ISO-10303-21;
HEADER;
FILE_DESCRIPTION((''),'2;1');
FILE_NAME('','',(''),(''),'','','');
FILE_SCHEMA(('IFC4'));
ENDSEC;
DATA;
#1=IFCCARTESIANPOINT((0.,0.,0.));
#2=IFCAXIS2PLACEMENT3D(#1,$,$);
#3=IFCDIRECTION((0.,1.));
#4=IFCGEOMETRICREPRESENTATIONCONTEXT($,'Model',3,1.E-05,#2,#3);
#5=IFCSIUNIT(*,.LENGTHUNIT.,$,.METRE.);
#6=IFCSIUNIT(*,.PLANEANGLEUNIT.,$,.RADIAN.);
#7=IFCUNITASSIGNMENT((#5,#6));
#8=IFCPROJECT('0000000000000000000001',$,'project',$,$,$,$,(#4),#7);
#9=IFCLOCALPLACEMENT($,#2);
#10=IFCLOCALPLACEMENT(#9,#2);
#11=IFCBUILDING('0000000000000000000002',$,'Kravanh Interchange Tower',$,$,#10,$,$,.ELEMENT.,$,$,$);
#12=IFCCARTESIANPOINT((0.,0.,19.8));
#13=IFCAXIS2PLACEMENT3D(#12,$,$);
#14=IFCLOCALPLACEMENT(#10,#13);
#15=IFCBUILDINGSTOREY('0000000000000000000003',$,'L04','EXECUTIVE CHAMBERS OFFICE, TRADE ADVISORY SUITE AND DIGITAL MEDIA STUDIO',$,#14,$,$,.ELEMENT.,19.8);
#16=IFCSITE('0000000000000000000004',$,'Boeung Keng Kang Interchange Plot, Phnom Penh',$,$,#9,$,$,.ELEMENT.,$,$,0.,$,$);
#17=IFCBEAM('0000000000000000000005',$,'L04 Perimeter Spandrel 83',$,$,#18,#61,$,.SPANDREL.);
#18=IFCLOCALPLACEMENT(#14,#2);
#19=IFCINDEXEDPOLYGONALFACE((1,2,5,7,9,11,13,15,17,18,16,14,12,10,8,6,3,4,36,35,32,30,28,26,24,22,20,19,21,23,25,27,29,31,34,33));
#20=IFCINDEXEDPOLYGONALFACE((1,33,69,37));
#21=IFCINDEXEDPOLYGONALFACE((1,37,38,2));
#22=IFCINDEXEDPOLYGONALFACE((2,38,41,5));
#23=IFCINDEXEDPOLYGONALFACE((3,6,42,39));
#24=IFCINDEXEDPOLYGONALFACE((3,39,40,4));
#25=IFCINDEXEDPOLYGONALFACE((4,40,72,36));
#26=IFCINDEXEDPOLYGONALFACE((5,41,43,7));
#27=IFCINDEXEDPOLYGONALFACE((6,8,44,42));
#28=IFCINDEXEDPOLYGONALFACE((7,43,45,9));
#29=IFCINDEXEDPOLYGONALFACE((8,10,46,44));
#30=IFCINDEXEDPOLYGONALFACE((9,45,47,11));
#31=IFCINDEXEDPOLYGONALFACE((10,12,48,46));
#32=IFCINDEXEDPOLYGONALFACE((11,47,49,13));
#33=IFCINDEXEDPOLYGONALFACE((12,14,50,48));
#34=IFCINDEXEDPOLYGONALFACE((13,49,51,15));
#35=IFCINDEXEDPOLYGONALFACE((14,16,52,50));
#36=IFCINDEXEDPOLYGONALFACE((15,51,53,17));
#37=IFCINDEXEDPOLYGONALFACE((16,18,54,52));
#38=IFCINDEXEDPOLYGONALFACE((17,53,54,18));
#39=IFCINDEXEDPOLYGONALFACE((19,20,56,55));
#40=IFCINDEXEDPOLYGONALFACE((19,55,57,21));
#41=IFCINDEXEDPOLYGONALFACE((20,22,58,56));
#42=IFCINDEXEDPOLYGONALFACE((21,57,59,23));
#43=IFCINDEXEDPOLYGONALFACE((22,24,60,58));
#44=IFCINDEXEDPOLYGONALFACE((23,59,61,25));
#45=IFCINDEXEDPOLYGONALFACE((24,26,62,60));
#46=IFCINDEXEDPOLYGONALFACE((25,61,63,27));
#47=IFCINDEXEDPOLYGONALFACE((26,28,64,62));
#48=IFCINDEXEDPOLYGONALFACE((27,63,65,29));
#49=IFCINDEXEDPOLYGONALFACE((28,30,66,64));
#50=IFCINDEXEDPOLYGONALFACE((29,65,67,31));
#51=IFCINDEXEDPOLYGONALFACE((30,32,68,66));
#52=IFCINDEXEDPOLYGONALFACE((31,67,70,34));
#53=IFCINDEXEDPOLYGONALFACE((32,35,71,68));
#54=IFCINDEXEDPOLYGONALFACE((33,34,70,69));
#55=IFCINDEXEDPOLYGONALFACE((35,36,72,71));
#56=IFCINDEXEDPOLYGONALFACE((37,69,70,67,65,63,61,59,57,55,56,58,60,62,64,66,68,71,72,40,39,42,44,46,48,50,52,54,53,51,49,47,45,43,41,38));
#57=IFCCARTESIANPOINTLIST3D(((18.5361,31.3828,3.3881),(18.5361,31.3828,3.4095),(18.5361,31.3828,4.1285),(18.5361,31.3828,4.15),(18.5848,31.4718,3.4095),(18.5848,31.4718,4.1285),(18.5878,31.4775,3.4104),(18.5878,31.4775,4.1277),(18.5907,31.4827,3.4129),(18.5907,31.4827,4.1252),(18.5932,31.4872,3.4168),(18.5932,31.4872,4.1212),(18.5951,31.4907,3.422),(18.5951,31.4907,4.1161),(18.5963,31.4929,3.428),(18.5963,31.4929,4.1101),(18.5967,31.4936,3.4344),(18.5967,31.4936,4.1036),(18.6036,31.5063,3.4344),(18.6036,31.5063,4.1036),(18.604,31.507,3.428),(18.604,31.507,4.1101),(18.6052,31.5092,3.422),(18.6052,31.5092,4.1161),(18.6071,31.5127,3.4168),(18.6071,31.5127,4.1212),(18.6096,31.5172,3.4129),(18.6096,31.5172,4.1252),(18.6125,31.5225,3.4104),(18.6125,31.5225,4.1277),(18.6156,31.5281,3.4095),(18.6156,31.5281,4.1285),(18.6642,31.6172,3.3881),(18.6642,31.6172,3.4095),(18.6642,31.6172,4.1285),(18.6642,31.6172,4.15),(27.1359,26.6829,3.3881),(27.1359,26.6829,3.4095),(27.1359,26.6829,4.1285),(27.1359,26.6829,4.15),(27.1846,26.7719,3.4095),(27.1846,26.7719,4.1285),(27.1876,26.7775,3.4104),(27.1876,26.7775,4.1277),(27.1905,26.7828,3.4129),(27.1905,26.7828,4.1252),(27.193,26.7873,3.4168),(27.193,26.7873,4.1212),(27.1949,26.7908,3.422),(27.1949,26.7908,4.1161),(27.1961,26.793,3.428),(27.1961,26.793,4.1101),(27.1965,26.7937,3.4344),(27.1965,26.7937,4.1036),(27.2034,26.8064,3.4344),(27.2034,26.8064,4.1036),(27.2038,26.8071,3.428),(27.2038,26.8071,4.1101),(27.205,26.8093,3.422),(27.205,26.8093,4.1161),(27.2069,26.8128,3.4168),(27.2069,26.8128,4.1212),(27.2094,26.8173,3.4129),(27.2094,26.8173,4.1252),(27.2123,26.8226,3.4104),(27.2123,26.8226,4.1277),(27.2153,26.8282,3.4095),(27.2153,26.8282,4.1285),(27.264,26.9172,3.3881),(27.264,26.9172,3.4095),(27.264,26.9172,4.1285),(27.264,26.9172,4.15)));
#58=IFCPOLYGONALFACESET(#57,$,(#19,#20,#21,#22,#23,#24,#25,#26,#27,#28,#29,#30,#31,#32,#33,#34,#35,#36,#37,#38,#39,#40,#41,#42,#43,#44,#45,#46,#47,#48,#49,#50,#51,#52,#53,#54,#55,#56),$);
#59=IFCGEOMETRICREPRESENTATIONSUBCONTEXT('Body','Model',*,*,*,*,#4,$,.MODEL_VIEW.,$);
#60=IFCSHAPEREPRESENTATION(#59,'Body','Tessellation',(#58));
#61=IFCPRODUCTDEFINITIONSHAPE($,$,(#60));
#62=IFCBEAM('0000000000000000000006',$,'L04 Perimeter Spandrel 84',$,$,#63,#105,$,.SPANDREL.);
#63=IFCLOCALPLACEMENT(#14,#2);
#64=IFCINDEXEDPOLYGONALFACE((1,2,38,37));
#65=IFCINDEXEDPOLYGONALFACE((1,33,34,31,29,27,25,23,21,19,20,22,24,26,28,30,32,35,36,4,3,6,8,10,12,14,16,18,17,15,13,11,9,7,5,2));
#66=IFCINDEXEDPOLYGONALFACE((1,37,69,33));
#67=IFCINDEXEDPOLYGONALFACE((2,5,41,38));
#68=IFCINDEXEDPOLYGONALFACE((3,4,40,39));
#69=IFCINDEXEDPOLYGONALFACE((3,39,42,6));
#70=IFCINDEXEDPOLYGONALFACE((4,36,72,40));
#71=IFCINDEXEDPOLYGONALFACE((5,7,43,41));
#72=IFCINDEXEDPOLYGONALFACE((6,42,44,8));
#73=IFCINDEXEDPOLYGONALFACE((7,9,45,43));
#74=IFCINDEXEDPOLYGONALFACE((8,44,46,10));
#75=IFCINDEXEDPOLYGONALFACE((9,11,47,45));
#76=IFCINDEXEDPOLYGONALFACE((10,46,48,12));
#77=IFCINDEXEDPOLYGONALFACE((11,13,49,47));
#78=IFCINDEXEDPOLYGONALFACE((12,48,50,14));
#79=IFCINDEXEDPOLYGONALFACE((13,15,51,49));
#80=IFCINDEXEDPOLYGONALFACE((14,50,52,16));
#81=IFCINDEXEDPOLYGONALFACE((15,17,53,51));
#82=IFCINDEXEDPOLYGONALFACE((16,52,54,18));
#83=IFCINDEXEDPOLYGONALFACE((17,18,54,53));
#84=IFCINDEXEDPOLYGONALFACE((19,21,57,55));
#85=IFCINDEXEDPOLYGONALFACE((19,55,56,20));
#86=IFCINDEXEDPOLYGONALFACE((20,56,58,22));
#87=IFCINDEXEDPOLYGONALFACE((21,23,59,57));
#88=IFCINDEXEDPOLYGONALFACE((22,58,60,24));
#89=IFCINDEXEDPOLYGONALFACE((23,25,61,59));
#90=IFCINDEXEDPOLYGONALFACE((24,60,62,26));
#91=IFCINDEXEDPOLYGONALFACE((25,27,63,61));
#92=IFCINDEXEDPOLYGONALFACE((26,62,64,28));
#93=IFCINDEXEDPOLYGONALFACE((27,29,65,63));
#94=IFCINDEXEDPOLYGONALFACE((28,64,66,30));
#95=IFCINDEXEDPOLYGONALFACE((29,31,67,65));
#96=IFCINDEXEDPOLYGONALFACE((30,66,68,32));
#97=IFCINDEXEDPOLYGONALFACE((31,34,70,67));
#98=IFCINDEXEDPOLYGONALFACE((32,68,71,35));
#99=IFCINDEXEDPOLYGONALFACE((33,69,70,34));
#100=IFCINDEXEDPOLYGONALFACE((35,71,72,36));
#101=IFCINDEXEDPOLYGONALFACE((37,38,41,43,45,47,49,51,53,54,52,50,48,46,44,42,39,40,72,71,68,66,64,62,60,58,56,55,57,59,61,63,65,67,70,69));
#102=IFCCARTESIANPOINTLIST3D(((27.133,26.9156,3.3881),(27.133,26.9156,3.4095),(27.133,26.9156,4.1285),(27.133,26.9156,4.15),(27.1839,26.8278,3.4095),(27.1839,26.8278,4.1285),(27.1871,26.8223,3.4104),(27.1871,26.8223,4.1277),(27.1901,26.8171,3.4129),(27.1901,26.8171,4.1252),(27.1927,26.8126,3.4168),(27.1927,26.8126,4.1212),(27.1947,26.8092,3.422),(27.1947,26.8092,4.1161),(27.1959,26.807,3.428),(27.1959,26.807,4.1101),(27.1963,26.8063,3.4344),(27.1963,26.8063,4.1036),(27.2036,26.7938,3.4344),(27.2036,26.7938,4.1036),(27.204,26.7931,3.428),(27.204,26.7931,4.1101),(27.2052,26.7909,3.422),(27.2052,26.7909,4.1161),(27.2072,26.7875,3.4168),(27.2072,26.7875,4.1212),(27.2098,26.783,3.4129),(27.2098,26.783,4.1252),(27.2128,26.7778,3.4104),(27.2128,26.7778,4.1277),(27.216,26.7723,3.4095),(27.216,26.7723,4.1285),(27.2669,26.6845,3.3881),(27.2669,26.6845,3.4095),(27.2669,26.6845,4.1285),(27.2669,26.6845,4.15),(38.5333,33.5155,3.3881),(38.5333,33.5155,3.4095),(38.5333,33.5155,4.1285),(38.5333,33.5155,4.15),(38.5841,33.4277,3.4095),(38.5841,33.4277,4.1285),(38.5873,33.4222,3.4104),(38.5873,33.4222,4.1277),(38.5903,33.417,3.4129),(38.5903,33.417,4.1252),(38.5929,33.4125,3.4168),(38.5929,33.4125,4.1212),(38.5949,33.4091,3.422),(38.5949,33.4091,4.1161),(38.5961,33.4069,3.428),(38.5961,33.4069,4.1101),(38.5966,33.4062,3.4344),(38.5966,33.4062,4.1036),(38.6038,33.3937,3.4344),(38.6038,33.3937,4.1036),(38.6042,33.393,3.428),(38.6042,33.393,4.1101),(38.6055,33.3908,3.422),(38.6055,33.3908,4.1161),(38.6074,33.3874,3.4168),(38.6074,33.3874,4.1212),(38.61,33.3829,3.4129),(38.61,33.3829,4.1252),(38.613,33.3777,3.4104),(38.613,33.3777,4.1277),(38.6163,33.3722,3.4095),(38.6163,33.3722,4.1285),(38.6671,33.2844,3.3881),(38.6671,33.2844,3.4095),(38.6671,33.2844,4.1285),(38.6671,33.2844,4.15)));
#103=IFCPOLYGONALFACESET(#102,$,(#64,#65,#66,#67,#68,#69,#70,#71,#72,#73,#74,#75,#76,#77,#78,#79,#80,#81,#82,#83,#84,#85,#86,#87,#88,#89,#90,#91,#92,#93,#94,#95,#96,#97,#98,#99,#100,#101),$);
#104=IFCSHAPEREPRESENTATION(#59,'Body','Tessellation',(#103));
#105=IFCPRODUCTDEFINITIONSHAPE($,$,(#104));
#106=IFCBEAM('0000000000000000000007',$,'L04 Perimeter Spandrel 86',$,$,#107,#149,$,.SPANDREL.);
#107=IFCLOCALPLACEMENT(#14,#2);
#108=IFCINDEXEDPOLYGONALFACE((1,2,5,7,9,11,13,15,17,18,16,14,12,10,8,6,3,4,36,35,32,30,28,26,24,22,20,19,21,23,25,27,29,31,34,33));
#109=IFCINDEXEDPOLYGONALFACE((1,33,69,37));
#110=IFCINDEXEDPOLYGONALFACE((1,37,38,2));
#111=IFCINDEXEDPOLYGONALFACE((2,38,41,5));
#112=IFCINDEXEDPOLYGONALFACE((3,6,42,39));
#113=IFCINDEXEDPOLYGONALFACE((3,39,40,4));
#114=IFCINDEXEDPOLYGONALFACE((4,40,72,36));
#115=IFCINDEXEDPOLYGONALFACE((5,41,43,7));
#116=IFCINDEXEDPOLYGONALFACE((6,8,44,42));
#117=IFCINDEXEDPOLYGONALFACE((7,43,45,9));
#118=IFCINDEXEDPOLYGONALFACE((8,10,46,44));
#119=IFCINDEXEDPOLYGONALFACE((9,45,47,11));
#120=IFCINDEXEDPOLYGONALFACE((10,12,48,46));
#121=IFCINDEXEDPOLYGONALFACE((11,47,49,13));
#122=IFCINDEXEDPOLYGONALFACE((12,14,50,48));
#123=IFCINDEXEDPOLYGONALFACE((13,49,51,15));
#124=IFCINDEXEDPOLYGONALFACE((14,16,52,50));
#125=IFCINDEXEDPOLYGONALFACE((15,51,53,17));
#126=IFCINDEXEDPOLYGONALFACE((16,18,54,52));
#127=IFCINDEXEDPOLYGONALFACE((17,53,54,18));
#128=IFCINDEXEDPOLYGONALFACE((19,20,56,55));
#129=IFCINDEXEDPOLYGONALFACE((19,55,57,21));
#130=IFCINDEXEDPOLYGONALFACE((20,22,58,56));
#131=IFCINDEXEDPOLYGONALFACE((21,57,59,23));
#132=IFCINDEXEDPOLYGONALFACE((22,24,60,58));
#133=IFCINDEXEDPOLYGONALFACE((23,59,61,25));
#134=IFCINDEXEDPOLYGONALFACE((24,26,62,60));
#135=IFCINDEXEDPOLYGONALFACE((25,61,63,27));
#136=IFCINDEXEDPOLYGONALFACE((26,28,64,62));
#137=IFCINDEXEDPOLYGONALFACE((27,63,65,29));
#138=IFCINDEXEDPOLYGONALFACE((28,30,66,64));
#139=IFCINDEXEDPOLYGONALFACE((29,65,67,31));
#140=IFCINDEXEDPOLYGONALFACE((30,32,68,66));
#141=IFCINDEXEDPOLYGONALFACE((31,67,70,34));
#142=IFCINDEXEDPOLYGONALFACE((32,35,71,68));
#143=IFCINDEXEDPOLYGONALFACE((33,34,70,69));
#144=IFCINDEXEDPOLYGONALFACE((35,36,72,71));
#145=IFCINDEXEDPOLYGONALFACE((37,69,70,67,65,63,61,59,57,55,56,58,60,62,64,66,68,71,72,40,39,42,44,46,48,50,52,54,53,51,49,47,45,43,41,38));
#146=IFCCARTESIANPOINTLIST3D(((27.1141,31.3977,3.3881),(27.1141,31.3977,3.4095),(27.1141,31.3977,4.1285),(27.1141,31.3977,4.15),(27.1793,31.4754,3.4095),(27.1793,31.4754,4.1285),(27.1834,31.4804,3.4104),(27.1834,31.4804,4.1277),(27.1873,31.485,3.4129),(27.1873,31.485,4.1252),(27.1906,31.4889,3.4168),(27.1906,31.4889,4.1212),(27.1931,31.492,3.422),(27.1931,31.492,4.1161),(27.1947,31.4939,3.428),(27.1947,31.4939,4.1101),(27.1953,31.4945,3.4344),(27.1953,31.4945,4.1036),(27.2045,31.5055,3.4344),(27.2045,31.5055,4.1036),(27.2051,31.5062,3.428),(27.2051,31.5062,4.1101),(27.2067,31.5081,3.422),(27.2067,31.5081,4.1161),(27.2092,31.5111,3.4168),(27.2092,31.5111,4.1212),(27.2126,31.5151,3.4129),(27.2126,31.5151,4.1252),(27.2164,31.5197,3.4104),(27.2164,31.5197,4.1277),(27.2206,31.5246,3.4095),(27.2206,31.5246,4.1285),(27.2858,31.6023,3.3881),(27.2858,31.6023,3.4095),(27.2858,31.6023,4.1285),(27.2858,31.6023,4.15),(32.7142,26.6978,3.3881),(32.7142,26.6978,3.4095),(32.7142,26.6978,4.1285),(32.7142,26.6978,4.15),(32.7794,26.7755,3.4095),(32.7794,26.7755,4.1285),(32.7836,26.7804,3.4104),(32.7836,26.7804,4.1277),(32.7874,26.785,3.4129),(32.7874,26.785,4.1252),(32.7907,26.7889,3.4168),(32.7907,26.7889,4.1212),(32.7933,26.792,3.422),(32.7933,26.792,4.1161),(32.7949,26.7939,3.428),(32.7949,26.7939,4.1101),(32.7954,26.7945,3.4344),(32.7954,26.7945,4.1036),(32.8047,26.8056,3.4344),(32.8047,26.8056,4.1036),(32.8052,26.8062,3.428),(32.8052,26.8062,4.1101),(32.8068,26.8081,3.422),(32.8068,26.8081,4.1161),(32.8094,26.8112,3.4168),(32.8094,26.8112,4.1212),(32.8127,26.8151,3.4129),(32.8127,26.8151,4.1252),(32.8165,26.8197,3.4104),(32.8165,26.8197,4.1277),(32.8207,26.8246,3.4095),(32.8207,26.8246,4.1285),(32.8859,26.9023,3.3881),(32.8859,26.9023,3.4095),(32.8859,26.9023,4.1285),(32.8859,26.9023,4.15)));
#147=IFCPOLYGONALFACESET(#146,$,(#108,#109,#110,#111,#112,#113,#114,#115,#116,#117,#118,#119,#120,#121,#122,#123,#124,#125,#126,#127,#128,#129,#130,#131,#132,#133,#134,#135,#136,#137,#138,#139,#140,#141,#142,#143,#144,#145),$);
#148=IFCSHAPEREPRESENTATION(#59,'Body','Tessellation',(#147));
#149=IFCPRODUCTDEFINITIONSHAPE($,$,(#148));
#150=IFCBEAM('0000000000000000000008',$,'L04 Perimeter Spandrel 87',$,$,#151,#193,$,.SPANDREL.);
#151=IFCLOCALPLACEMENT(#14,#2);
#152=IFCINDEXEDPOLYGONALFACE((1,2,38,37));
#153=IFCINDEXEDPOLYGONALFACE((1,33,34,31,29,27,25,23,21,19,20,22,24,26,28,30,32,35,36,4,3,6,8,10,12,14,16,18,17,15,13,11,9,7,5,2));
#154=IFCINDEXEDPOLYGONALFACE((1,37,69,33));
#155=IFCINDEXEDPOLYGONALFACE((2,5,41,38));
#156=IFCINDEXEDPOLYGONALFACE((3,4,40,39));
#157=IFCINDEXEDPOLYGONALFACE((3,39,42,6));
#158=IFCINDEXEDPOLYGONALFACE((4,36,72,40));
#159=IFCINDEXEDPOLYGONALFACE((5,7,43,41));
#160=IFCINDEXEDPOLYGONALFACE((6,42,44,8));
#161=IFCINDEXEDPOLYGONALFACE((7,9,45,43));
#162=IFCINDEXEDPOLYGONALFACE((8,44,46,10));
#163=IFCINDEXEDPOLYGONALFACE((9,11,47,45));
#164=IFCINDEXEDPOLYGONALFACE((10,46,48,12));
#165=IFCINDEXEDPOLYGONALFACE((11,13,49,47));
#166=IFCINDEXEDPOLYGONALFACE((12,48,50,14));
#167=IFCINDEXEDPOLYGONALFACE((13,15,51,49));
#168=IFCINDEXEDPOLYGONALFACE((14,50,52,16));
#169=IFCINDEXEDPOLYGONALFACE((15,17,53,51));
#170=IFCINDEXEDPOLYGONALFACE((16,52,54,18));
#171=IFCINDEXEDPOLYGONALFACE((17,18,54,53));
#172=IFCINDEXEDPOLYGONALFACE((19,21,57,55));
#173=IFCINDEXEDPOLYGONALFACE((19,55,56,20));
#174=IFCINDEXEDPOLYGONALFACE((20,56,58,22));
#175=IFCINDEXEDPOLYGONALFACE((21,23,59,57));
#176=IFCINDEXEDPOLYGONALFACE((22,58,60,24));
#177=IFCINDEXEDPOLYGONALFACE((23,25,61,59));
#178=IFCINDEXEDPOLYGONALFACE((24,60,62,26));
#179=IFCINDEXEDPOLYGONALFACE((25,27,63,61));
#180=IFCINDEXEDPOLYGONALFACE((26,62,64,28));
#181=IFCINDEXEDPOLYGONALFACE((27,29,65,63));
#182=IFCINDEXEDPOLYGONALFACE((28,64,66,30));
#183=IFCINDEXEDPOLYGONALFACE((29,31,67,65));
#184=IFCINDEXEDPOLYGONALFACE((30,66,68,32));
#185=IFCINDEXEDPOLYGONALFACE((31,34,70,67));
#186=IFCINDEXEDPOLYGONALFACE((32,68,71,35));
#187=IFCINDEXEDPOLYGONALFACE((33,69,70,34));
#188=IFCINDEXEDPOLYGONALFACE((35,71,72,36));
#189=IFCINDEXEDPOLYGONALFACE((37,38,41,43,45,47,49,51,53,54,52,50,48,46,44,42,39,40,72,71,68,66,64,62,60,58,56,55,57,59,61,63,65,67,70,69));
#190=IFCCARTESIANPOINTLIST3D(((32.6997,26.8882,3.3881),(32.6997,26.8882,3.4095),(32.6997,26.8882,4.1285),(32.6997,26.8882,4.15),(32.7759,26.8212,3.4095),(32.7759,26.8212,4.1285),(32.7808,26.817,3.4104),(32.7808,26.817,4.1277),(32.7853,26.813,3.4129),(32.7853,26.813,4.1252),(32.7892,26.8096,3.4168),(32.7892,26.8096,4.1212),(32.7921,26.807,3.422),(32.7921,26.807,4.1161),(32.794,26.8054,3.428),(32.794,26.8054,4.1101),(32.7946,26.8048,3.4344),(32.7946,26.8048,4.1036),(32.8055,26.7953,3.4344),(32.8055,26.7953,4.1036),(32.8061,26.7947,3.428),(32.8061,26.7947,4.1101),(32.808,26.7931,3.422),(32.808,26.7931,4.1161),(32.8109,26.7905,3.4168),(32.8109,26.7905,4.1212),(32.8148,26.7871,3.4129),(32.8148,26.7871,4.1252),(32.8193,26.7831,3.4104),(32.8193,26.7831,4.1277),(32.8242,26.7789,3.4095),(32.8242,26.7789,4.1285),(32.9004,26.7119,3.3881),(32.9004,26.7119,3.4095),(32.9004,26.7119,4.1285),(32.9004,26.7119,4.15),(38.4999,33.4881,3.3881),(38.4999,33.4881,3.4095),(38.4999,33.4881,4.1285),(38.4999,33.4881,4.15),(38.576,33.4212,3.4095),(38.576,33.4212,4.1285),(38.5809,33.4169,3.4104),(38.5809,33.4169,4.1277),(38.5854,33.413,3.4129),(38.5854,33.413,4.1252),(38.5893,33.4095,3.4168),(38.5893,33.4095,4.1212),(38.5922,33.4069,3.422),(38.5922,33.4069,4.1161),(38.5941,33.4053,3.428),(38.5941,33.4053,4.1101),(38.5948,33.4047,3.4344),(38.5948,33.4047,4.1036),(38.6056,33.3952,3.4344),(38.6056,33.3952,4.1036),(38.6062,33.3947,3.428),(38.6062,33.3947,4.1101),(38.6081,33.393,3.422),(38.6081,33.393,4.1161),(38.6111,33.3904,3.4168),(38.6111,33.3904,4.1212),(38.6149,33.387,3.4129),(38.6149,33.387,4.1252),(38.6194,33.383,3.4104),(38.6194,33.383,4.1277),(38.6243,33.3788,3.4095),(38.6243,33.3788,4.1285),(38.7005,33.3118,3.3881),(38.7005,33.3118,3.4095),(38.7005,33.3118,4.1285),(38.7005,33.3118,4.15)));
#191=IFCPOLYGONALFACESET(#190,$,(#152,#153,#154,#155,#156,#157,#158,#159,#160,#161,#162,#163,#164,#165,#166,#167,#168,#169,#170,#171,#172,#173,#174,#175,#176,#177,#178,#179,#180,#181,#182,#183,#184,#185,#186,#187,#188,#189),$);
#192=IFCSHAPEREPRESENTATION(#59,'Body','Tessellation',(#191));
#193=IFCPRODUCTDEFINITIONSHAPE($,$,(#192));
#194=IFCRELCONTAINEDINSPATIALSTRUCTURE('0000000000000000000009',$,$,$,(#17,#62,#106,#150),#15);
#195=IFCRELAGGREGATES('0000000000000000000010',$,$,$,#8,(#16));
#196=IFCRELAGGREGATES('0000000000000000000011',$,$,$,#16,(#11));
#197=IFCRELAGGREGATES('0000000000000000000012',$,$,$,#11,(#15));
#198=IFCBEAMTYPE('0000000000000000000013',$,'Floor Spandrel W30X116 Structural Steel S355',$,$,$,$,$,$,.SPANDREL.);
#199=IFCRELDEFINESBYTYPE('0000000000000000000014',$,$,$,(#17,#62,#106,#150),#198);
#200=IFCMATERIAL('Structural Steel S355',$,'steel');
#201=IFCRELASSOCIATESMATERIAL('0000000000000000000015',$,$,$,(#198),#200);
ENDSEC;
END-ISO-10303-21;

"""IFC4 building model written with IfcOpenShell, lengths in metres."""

from ifc_helpers import new_model, si_unit, direction, frame, origin, origin_2d, place, context, subcontext, project, spatial, i_section, extrude, material, material_profile, profile_set, type_object, element, save


model = new_model("IFC4")

# Units and contexts
model_context = context("Model", 3, precision=1e-05, world=origin(), true_north=direction((0.0, 1.0)))
body_context = subcontext(model_context, "Body", "Model", "MODEL_VIEW")
ifc_project = project(units=[si_unit("LENGTHUNIT", "METRE"), si_unit("PLANEANGLEUNIT", "RADIAN")], contexts=[model_context])

# Site, building, storey
site_placement = place(None, origin())
site = spatial("IfcSite", under=ifc_project, at=site_placement, Name="Boeung Keng Kang Interchange Plot, Phnom Penh", CompositionType="ELEMENT", RefElevation=0.0)
building_placement = place(site_placement, origin())
building = spatial("IfcBuilding", under=site, at=building_placement, Name="Kravanh Interchange Tower", CompositionType="ELEMENT")
storey_placement = place(building_placement, frame((0.0, 0.0, 19.8)))
storey = spatial("IfcBuildingStorey", under=building, at=storey_placement, Name="L04", Description="EXECUTIVE CHAMBERS OFFICE, TRADE ADVISORY SUITE AND DIGITAL MEDIA STUDIO", CompositionType="ELEMENT", Elevation=19.8)

# Beams
ifc_material_1 = material(Name="Structural Steel S355", Category="steel")
ifc_material_profile_1 = material_profile(ifc_material_1, i_section(OverallWidth=0.2671, OverallDepth=0.762, WebThickness=0.0144, FlangeThickness=0.0215, FilletRadius=0.0249, at=origin_2d()), Name="W30X116")
ifc_profile_set_1 = profile_set([ifc_material_profile_1], Name="Structural Steel S355")
beam_type_1 = type_object("IfcBeamType", Name="Floor Spandrel W30X116 Structural Steel S355", PredefinedType="SPANDREL", material=ifc_profile_set_1)
beam_1_placement = place(storey_placement, frame((27.2, 26.8, 3.769), z_axis=(-0.877504, 0.479569, 0.0), x_axis=(-0.479569, -0.877504, 0.0)))
element("IfcBeam", 1, at=beam_1_placement, inside=storey, type_object=beam_type_1, Name="L04 Perimeter Spandrel 83", PredefinedType="SPANDREL", context=body_context, shape_type="SweptSolid", body=[
    extrude(i_section(OverallWidth=0.2671, OverallDepth=0.762, WebThickness=0.0144, FlangeThickness=0.0215, FilletRadius=0.0249, at=origin_2d()), origin(), (0.0, 0.0, 1.0), 9.8003),
])
beam_2_placement = place(storey_placement, frame((27.2, 26.8, 3.769), z_axis=(0.865434, 0.501023, 0.0), x_axis=(-0.501023, 0.865434, 0.0)))
element("IfcBeam", 2, at=beam_2_placement, inside=storey, type_object=beam_type_1, Name="L04 Perimeter Spandrel 84", PredefinedType="SPANDREL", context=body_context, shape_type="SweptSolid", body=[
    extrude(i_section(OverallWidth=0.2671, OverallDepth=0.762, WebThickness=0.0144, FlangeThickness=0.0215, FilletRadius=0.0249, at=origin_2d()), origin(), (0.0, 0.0, 1.0), 13.1729),
])
beam_3_placement = place(storey_placement, frame((32.8, 26.8, 3.769), z_axis=(-0.765983, 0.642861, 0.0), x_axis=(-0.642861, -0.765983, 0.0)))
element("IfcBeam", 3, at=beam_3_placement, inside=storey, type_object=beam_type_1, Name="L04 Perimeter Spandrel 86", PredefinedType="SPANDREL", context=body_context, shape_type="SweptSolid", body=[
    extrude(i_section(OverallWidth=0.2671, OverallDepth=0.762, WebThickness=0.0144, FlangeThickness=0.0215, FilletRadius=0.0249, at=origin_2d()), origin(), (0.0, 0.0, 1.0), 7.311),
])
beam_4_placement = place(storey_placement, frame((32.8, 26.8, 3.769), z_axis=(0.660126, 0.751155, 0.0), x_axis=(-0.751155, 0.660126, 0.0)))
element("IfcBeam", 4, at=beam_4_placement, inside=storey, type_object=beam_type_1, Name="L04 Perimeter Spandrel 87", PredefinedType="SPANDREL", context=body_context, shape_type="SweptSolid", body=[
    extrude(i_section(OverallWidth=0.2671, OverallDepth=0.762, WebThickness=0.0144, FlangeThickness=0.0215, FilletRadius=0.0249, at=origin_2d()), origin(), (0.0, 0.0, 1.0), 8.7864),
])

save(model, "model.ifc")
